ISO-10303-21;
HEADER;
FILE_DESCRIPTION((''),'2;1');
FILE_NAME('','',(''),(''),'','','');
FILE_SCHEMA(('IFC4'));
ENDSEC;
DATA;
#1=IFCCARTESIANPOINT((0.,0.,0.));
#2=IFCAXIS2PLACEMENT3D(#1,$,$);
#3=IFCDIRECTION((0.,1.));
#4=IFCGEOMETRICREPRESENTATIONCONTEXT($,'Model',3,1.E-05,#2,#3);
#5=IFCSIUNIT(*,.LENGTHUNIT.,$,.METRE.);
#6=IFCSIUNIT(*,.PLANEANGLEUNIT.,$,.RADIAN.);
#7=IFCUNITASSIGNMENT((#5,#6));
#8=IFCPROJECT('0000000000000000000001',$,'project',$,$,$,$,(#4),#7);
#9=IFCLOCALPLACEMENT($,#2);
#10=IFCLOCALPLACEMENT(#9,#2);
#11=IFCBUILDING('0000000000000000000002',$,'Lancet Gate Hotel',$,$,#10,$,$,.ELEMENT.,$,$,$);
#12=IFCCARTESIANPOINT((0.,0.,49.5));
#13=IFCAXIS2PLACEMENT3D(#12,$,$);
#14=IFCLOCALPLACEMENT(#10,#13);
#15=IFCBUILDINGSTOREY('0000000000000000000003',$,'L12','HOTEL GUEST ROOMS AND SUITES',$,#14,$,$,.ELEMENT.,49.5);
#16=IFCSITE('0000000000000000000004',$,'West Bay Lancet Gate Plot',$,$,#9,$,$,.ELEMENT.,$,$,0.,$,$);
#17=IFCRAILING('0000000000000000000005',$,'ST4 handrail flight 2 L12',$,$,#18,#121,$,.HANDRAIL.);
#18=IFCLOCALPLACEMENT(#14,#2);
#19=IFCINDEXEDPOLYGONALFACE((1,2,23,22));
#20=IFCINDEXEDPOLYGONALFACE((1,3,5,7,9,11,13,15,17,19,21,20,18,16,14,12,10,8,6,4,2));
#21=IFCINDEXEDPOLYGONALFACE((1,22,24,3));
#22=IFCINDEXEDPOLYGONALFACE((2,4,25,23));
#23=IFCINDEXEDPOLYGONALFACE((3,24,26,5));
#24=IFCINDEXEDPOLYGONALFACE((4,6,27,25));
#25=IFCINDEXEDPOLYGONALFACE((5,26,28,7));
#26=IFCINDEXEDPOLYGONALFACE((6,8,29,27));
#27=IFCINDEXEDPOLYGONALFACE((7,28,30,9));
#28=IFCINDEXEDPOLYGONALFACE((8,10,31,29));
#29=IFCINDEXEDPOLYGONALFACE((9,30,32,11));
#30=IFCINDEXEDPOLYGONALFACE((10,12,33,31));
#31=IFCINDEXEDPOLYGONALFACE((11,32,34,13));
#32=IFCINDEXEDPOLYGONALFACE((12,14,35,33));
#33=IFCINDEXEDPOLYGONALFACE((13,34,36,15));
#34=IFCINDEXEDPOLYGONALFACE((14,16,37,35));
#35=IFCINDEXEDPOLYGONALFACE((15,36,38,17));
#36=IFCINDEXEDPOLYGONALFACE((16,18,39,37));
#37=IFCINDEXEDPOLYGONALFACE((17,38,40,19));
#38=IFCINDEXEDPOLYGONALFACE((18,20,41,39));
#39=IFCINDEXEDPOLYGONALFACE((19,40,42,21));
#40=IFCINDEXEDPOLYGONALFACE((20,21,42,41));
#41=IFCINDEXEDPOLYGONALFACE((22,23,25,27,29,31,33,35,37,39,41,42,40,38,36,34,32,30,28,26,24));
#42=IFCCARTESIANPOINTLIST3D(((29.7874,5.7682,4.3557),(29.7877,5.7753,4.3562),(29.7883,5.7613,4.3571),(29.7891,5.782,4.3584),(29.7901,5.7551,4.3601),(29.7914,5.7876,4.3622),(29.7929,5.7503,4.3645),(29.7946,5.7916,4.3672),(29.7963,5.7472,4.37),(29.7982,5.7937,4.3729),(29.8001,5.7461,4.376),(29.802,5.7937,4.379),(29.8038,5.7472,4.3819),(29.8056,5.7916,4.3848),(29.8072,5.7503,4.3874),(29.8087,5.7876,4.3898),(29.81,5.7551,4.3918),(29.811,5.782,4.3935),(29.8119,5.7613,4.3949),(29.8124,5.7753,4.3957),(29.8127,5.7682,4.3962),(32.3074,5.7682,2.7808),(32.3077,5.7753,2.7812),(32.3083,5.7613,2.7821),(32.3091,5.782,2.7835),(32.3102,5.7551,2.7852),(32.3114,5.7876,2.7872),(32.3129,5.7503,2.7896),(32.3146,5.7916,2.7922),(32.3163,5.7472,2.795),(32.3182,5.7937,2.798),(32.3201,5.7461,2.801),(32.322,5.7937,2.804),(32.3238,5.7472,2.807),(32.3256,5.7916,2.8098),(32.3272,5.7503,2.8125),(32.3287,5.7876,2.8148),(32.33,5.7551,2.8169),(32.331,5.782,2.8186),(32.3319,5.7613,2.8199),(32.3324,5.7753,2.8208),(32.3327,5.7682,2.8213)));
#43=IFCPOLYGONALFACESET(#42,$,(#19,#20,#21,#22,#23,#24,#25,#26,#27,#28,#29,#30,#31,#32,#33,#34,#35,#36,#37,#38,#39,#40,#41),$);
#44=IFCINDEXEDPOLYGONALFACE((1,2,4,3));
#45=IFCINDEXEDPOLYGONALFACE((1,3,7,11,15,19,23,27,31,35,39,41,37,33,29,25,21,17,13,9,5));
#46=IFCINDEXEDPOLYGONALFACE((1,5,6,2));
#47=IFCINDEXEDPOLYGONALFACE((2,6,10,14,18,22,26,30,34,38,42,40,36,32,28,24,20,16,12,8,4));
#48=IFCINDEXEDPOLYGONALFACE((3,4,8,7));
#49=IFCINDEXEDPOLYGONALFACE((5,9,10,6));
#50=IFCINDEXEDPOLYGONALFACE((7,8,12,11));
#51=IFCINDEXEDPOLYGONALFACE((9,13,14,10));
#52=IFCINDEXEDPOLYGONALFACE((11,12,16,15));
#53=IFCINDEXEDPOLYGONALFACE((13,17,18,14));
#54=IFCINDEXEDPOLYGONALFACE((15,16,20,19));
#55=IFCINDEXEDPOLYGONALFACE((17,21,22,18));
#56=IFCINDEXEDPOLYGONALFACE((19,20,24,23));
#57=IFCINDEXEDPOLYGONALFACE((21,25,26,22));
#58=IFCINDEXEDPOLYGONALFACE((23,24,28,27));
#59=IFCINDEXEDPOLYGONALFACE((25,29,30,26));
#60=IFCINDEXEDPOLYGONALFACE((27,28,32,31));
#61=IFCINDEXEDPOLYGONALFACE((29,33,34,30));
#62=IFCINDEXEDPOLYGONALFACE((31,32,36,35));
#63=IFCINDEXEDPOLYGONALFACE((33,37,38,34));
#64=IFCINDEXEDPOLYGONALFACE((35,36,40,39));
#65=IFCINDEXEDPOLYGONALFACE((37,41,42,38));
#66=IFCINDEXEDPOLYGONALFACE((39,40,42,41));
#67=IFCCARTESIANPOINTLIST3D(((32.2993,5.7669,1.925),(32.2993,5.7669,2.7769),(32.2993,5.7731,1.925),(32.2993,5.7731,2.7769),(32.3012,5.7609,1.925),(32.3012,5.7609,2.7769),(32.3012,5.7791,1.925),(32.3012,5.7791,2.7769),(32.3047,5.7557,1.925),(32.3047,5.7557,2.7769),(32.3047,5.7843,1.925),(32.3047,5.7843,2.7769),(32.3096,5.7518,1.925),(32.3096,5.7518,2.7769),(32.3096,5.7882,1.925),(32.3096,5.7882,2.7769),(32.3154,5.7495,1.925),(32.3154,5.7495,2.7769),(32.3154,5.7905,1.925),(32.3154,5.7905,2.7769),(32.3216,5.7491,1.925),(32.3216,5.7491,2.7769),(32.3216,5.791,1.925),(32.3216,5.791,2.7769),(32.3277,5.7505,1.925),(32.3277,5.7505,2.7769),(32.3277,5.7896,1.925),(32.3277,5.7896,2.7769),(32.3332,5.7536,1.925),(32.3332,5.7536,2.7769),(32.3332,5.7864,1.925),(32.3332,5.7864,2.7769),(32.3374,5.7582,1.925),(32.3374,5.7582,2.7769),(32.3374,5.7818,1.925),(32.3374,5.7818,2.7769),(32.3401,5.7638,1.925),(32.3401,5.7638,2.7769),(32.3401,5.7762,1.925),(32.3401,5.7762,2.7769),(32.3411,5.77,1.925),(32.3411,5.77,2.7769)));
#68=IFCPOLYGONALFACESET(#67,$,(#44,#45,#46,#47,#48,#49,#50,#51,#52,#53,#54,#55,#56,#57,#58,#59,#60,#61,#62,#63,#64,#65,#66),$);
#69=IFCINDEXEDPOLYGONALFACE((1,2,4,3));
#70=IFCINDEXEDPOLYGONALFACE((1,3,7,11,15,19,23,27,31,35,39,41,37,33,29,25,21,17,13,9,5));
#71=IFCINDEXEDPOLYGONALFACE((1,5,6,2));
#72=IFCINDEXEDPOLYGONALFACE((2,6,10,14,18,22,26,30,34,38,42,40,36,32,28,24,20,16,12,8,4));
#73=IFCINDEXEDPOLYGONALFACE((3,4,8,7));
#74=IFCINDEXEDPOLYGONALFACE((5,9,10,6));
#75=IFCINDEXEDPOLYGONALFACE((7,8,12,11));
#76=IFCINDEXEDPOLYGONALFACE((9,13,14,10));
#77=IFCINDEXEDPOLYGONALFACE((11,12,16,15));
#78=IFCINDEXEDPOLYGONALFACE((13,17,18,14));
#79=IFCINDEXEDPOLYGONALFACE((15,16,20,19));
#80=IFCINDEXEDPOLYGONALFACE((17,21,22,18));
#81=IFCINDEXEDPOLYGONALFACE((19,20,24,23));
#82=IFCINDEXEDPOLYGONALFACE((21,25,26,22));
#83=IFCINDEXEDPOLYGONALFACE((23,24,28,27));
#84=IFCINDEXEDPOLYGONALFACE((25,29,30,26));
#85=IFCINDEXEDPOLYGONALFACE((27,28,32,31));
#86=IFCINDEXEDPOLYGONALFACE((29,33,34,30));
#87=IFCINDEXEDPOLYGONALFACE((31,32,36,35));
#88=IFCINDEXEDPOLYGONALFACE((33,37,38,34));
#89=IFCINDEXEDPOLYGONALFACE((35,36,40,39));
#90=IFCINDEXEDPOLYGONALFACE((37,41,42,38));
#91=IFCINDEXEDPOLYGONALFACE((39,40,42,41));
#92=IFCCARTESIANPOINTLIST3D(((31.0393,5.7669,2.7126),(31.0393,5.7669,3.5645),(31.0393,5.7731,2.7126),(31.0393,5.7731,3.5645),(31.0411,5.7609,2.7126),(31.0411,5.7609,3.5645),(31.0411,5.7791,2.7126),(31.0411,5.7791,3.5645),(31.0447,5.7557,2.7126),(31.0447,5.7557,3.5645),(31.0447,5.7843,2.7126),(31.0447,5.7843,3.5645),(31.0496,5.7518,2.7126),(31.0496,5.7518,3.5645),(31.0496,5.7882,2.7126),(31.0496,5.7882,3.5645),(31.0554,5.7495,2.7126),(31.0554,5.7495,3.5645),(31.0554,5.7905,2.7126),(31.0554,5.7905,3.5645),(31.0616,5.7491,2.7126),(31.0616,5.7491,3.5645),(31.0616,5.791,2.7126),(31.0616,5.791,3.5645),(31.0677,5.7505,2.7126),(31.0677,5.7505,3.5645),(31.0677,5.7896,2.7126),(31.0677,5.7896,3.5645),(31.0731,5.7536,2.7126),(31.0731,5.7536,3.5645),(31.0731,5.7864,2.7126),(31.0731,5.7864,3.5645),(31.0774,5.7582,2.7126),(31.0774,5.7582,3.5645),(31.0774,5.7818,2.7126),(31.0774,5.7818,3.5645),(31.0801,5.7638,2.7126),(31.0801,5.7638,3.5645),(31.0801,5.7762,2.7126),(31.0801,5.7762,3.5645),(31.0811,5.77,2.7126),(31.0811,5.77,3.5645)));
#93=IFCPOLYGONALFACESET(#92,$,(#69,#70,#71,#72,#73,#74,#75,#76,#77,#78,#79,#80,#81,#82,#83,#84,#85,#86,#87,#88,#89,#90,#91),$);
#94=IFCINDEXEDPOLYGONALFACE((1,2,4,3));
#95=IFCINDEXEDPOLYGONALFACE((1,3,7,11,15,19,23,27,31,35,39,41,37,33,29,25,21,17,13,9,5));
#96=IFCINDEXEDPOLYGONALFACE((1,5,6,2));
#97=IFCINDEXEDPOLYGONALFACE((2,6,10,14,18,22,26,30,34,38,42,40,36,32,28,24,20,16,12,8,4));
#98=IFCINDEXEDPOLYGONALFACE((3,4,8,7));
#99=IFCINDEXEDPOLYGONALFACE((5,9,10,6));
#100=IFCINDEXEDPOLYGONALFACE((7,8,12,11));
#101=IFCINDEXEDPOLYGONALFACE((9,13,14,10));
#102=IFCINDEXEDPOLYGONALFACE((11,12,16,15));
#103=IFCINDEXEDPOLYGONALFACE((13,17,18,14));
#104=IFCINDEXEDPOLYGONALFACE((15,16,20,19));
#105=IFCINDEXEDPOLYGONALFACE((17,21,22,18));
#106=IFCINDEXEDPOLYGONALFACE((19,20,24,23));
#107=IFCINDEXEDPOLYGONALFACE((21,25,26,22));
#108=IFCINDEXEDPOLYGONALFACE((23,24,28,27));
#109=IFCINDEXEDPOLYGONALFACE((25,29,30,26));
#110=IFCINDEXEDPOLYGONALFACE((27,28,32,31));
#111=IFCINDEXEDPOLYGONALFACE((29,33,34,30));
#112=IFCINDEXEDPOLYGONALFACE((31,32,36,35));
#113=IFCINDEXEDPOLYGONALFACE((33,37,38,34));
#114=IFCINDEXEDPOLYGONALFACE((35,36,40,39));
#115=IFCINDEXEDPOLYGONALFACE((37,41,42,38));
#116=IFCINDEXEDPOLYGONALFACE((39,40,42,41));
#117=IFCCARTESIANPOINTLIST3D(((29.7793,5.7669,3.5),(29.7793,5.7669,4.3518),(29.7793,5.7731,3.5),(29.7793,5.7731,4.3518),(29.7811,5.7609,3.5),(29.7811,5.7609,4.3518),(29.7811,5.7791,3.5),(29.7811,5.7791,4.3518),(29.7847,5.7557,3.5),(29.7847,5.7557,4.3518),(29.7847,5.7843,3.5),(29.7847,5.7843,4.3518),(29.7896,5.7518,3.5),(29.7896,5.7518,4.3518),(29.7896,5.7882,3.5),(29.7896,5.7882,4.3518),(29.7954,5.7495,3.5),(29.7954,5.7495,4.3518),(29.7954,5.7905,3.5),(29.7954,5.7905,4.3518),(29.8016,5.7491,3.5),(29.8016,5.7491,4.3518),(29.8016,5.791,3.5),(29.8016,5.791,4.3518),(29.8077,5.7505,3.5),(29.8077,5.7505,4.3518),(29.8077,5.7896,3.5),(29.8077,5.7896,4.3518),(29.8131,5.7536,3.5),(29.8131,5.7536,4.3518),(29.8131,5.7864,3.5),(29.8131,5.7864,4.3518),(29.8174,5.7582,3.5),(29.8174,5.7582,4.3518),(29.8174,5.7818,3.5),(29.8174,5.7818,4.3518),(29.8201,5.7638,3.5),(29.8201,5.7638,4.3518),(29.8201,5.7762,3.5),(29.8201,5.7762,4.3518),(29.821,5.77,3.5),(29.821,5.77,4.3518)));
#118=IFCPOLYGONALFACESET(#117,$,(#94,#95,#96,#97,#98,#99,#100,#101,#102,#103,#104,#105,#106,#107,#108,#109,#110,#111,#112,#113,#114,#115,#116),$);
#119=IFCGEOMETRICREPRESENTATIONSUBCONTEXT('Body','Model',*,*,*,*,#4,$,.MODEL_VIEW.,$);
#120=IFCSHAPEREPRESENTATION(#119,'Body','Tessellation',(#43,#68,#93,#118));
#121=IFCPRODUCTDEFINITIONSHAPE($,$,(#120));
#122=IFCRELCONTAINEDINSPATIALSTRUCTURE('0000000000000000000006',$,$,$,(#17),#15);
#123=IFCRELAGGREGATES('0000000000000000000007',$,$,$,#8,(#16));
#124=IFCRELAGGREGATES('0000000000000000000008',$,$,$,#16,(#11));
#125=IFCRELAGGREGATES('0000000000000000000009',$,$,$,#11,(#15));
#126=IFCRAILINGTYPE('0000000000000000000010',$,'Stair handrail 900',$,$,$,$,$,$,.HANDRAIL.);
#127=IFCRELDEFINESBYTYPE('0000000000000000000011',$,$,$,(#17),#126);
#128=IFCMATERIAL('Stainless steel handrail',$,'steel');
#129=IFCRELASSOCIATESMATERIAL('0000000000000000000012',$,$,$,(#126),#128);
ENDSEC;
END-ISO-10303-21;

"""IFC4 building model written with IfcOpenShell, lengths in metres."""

from ifc_helpers import new_model, si_unit, direction, frame, origin, origin_2d, place, context, subcontext, project, spatial, circle, extrude, material, type_object, element, save


model = new_model("IFC4")

# Units and contexts
model_context = context("Model", 3, precision=1e-05, world=origin(), true_north=direction((0.0, 1.0)))
body_context = subcontext(model_context, "Body", "Model", "MODEL_VIEW")
ifc_project = project(units=[si_unit("LENGTHUNIT", "METRE"), si_unit("PLANEANGLEUNIT", "RADIAN")], contexts=[model_context])

# Site, building, storey
site_placement = place(None, origin())
site = spatial("IfcSite", under=ifc_project, at=site_placement, Name="West Bay Lancet Gate Plot", CompositionType="ELEMENT", RefElevation=0.0)
building_placement = place(site_placement, origin())
building = spatial("IfcBuilding", under=site, at=building_placement, Name="Lancet Gate Hotel", CompositionType="ELEMENT")
storey_placement = place(building_placement, frame((0.0, 0.0, 49.5)))
storey = spatial("IfcBuildingStorey", under=building, at=storey_placement, Name="L12", Description="HOTEL GUEST ROOMS AND SUITES", CompositionType="ELEMENT", Elevation=49.5)

# Railing
ifc_material_1 = material(Name="Stainless steel handrail", Category="steel")
railing_type = type_object("IfcRailingType", Name="Stair handrail 900", PredefinedType="HANDRAIL", material=ifc_material_1)
railing_1_placement = place(storey_placement, frame((32.3201, 5.77, 1.925)))
element("IfcRailing", 1, at=railing_1_placement, inside=storey, type_object=railing_type, Name="ST4 handrail flight 2 L12", PredefinedType="HANDRAIL", context=body_context, shape_type="SweptSolid", body=[
    extrude(circle(Radius=0.0239, at=origin_2d()), frame((0.0, 0.0, 0.876), z_axis=(-0.848008, 0.0, 0.529984), x_axis=(0.0, -1.0, 0.0)), (0.0, 0.0, 1.0), 2.9717),
    extrude(circle(Radius=0.021, at=origin_2d()), origin(), (0.0, 0.0, 1.0), 0.8518),
    extrude(circle(Radius=0.021, at=origin_2d()), frame((-1.26, 0.0, 0.7876)), (0.0, 0.0, 1.0), 0.8518),
    extrude(circle(Radius=0.021, at=origin_2d()), frame((-2.52, 0.0, 1.575)), (0.0, 0.0, 1.0), 0.8518),
])

save(model, "model.ifc")
